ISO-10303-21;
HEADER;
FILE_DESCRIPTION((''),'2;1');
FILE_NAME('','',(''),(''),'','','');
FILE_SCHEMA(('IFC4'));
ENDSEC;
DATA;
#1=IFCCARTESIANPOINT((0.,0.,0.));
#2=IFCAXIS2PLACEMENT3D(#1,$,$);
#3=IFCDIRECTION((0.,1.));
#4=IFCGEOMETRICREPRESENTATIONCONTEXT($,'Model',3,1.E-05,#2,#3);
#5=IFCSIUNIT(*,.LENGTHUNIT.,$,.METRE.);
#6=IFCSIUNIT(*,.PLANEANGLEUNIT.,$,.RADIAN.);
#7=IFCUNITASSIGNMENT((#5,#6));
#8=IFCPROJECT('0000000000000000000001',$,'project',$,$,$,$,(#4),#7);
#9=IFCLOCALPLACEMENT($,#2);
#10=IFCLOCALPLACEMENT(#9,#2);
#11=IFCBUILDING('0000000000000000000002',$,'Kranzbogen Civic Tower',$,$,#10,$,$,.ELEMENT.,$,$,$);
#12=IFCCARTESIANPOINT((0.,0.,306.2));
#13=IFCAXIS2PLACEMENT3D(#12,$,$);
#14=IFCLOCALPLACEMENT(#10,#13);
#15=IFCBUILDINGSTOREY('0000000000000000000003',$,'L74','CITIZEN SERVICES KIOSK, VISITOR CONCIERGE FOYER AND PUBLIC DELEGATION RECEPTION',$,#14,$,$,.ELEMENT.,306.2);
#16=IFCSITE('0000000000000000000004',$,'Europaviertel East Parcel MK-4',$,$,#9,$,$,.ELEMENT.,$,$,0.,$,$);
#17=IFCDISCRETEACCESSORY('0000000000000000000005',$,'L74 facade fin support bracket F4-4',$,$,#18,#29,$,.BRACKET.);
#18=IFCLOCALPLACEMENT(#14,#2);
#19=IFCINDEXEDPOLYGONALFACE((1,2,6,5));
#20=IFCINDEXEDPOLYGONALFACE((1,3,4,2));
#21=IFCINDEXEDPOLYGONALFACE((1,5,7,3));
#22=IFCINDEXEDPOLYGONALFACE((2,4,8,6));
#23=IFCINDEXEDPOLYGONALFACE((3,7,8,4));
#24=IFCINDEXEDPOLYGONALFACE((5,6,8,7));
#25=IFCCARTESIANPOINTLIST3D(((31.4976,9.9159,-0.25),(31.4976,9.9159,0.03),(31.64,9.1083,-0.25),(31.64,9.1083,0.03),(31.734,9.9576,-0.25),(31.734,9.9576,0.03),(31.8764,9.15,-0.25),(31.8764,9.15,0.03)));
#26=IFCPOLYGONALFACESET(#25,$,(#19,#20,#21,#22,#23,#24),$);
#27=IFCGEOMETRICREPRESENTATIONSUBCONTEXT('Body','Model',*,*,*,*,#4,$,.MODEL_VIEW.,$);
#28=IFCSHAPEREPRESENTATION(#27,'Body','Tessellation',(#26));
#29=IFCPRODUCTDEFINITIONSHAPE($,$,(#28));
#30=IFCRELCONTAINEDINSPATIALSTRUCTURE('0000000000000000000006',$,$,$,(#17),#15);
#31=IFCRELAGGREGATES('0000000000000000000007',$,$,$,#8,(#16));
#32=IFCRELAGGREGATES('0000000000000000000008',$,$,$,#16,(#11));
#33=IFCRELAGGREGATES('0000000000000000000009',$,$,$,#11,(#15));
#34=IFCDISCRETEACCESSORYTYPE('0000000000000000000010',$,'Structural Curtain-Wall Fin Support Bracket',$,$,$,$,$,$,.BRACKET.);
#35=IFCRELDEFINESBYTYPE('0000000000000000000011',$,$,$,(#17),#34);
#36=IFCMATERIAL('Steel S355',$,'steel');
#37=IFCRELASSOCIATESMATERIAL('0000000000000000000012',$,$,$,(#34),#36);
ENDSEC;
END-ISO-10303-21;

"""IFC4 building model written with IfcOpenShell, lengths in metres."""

from ifc_helpers import new_model, si_unit, direction, frame, origin, origin_2d, place, context, subcontext, project, spatial, rectangle, extrude, material, type_object, element, save


model = new_model("IFC4")

# Units and contexts
model_context = context("Model", 3, precision=1e-05, world=origin(), true_north=direction((0.0, 1.0)))
body_context = subcontext(model_context, "Body", "Model", "MODEL_VIEW")
ifc_project = project(units=[si_unit("LENGTHUNIT", "METRE"), si_unit("PLANEANGLEUNIT", "RADIAN")], contexts=[model_context])

# Site, building, storey
site_placement = place(None, origin())
site = spatial("IfcSite", under=ifc_project, at=site_placement, Name="Europaviertel East Parcel MK-4", CompositionType="ELEMENT", RefElevation=0.0)
building_placement = place(site_placement, origin())
building = spatial("IfcBuilding", under=site, at=building_placement, Name="Kranzbogen Civic Tower", CompositionType="ELEMENT")
storey_placement = place(building_placement, frame((0.0, 0.0, 306.2)))
storey = spatial("IfcBuildingStorey", under=building, at=storey_placement, Name="L74", Description="CITIZEN SERVICES KIOSK, VISITOR CONCIERGE FOYER AND PUBLIC DELEGATION RECEPTION", CompositionType="ELEMENT", Elevation=306.2)

# Shared definitions
ifc_material_1 = material(Name="Steel S355", Category="steel")

# Discrete accessory
discrete_accessory_type = type_object("IfcDiscreteAccessoryType", Name="Structural Curtain-Wall Fin Support Bracket", PredefinedType="BRACKET", material=ifc_material_1)
for number, where, z_axis, x_axis, name in (
    (1, (31.687, 9.533, -0.25), (0.0, 0.0, 1.0), (0.173648, -0.984808, 0.0), "L74 facade fin support bracket F4-4"),
):
    element("IfcDiscreteAccessory", number, at=place(storey_placement, frame(where, z_axis=z_axis, x_axis=x_axis)), inside=storey, type_object=discrete_accessory_type, Name=name, PredefinedType="BRACKET", context=body_context, shape_type="SweptSolid", body=[
        extrude(rectangle(XDim=0.8201, YDim=0.24, at=origin_2d()), origin(), (0.0, 0.0, 1.0), 0.28),
    ])

save(model, "model.ifc")
